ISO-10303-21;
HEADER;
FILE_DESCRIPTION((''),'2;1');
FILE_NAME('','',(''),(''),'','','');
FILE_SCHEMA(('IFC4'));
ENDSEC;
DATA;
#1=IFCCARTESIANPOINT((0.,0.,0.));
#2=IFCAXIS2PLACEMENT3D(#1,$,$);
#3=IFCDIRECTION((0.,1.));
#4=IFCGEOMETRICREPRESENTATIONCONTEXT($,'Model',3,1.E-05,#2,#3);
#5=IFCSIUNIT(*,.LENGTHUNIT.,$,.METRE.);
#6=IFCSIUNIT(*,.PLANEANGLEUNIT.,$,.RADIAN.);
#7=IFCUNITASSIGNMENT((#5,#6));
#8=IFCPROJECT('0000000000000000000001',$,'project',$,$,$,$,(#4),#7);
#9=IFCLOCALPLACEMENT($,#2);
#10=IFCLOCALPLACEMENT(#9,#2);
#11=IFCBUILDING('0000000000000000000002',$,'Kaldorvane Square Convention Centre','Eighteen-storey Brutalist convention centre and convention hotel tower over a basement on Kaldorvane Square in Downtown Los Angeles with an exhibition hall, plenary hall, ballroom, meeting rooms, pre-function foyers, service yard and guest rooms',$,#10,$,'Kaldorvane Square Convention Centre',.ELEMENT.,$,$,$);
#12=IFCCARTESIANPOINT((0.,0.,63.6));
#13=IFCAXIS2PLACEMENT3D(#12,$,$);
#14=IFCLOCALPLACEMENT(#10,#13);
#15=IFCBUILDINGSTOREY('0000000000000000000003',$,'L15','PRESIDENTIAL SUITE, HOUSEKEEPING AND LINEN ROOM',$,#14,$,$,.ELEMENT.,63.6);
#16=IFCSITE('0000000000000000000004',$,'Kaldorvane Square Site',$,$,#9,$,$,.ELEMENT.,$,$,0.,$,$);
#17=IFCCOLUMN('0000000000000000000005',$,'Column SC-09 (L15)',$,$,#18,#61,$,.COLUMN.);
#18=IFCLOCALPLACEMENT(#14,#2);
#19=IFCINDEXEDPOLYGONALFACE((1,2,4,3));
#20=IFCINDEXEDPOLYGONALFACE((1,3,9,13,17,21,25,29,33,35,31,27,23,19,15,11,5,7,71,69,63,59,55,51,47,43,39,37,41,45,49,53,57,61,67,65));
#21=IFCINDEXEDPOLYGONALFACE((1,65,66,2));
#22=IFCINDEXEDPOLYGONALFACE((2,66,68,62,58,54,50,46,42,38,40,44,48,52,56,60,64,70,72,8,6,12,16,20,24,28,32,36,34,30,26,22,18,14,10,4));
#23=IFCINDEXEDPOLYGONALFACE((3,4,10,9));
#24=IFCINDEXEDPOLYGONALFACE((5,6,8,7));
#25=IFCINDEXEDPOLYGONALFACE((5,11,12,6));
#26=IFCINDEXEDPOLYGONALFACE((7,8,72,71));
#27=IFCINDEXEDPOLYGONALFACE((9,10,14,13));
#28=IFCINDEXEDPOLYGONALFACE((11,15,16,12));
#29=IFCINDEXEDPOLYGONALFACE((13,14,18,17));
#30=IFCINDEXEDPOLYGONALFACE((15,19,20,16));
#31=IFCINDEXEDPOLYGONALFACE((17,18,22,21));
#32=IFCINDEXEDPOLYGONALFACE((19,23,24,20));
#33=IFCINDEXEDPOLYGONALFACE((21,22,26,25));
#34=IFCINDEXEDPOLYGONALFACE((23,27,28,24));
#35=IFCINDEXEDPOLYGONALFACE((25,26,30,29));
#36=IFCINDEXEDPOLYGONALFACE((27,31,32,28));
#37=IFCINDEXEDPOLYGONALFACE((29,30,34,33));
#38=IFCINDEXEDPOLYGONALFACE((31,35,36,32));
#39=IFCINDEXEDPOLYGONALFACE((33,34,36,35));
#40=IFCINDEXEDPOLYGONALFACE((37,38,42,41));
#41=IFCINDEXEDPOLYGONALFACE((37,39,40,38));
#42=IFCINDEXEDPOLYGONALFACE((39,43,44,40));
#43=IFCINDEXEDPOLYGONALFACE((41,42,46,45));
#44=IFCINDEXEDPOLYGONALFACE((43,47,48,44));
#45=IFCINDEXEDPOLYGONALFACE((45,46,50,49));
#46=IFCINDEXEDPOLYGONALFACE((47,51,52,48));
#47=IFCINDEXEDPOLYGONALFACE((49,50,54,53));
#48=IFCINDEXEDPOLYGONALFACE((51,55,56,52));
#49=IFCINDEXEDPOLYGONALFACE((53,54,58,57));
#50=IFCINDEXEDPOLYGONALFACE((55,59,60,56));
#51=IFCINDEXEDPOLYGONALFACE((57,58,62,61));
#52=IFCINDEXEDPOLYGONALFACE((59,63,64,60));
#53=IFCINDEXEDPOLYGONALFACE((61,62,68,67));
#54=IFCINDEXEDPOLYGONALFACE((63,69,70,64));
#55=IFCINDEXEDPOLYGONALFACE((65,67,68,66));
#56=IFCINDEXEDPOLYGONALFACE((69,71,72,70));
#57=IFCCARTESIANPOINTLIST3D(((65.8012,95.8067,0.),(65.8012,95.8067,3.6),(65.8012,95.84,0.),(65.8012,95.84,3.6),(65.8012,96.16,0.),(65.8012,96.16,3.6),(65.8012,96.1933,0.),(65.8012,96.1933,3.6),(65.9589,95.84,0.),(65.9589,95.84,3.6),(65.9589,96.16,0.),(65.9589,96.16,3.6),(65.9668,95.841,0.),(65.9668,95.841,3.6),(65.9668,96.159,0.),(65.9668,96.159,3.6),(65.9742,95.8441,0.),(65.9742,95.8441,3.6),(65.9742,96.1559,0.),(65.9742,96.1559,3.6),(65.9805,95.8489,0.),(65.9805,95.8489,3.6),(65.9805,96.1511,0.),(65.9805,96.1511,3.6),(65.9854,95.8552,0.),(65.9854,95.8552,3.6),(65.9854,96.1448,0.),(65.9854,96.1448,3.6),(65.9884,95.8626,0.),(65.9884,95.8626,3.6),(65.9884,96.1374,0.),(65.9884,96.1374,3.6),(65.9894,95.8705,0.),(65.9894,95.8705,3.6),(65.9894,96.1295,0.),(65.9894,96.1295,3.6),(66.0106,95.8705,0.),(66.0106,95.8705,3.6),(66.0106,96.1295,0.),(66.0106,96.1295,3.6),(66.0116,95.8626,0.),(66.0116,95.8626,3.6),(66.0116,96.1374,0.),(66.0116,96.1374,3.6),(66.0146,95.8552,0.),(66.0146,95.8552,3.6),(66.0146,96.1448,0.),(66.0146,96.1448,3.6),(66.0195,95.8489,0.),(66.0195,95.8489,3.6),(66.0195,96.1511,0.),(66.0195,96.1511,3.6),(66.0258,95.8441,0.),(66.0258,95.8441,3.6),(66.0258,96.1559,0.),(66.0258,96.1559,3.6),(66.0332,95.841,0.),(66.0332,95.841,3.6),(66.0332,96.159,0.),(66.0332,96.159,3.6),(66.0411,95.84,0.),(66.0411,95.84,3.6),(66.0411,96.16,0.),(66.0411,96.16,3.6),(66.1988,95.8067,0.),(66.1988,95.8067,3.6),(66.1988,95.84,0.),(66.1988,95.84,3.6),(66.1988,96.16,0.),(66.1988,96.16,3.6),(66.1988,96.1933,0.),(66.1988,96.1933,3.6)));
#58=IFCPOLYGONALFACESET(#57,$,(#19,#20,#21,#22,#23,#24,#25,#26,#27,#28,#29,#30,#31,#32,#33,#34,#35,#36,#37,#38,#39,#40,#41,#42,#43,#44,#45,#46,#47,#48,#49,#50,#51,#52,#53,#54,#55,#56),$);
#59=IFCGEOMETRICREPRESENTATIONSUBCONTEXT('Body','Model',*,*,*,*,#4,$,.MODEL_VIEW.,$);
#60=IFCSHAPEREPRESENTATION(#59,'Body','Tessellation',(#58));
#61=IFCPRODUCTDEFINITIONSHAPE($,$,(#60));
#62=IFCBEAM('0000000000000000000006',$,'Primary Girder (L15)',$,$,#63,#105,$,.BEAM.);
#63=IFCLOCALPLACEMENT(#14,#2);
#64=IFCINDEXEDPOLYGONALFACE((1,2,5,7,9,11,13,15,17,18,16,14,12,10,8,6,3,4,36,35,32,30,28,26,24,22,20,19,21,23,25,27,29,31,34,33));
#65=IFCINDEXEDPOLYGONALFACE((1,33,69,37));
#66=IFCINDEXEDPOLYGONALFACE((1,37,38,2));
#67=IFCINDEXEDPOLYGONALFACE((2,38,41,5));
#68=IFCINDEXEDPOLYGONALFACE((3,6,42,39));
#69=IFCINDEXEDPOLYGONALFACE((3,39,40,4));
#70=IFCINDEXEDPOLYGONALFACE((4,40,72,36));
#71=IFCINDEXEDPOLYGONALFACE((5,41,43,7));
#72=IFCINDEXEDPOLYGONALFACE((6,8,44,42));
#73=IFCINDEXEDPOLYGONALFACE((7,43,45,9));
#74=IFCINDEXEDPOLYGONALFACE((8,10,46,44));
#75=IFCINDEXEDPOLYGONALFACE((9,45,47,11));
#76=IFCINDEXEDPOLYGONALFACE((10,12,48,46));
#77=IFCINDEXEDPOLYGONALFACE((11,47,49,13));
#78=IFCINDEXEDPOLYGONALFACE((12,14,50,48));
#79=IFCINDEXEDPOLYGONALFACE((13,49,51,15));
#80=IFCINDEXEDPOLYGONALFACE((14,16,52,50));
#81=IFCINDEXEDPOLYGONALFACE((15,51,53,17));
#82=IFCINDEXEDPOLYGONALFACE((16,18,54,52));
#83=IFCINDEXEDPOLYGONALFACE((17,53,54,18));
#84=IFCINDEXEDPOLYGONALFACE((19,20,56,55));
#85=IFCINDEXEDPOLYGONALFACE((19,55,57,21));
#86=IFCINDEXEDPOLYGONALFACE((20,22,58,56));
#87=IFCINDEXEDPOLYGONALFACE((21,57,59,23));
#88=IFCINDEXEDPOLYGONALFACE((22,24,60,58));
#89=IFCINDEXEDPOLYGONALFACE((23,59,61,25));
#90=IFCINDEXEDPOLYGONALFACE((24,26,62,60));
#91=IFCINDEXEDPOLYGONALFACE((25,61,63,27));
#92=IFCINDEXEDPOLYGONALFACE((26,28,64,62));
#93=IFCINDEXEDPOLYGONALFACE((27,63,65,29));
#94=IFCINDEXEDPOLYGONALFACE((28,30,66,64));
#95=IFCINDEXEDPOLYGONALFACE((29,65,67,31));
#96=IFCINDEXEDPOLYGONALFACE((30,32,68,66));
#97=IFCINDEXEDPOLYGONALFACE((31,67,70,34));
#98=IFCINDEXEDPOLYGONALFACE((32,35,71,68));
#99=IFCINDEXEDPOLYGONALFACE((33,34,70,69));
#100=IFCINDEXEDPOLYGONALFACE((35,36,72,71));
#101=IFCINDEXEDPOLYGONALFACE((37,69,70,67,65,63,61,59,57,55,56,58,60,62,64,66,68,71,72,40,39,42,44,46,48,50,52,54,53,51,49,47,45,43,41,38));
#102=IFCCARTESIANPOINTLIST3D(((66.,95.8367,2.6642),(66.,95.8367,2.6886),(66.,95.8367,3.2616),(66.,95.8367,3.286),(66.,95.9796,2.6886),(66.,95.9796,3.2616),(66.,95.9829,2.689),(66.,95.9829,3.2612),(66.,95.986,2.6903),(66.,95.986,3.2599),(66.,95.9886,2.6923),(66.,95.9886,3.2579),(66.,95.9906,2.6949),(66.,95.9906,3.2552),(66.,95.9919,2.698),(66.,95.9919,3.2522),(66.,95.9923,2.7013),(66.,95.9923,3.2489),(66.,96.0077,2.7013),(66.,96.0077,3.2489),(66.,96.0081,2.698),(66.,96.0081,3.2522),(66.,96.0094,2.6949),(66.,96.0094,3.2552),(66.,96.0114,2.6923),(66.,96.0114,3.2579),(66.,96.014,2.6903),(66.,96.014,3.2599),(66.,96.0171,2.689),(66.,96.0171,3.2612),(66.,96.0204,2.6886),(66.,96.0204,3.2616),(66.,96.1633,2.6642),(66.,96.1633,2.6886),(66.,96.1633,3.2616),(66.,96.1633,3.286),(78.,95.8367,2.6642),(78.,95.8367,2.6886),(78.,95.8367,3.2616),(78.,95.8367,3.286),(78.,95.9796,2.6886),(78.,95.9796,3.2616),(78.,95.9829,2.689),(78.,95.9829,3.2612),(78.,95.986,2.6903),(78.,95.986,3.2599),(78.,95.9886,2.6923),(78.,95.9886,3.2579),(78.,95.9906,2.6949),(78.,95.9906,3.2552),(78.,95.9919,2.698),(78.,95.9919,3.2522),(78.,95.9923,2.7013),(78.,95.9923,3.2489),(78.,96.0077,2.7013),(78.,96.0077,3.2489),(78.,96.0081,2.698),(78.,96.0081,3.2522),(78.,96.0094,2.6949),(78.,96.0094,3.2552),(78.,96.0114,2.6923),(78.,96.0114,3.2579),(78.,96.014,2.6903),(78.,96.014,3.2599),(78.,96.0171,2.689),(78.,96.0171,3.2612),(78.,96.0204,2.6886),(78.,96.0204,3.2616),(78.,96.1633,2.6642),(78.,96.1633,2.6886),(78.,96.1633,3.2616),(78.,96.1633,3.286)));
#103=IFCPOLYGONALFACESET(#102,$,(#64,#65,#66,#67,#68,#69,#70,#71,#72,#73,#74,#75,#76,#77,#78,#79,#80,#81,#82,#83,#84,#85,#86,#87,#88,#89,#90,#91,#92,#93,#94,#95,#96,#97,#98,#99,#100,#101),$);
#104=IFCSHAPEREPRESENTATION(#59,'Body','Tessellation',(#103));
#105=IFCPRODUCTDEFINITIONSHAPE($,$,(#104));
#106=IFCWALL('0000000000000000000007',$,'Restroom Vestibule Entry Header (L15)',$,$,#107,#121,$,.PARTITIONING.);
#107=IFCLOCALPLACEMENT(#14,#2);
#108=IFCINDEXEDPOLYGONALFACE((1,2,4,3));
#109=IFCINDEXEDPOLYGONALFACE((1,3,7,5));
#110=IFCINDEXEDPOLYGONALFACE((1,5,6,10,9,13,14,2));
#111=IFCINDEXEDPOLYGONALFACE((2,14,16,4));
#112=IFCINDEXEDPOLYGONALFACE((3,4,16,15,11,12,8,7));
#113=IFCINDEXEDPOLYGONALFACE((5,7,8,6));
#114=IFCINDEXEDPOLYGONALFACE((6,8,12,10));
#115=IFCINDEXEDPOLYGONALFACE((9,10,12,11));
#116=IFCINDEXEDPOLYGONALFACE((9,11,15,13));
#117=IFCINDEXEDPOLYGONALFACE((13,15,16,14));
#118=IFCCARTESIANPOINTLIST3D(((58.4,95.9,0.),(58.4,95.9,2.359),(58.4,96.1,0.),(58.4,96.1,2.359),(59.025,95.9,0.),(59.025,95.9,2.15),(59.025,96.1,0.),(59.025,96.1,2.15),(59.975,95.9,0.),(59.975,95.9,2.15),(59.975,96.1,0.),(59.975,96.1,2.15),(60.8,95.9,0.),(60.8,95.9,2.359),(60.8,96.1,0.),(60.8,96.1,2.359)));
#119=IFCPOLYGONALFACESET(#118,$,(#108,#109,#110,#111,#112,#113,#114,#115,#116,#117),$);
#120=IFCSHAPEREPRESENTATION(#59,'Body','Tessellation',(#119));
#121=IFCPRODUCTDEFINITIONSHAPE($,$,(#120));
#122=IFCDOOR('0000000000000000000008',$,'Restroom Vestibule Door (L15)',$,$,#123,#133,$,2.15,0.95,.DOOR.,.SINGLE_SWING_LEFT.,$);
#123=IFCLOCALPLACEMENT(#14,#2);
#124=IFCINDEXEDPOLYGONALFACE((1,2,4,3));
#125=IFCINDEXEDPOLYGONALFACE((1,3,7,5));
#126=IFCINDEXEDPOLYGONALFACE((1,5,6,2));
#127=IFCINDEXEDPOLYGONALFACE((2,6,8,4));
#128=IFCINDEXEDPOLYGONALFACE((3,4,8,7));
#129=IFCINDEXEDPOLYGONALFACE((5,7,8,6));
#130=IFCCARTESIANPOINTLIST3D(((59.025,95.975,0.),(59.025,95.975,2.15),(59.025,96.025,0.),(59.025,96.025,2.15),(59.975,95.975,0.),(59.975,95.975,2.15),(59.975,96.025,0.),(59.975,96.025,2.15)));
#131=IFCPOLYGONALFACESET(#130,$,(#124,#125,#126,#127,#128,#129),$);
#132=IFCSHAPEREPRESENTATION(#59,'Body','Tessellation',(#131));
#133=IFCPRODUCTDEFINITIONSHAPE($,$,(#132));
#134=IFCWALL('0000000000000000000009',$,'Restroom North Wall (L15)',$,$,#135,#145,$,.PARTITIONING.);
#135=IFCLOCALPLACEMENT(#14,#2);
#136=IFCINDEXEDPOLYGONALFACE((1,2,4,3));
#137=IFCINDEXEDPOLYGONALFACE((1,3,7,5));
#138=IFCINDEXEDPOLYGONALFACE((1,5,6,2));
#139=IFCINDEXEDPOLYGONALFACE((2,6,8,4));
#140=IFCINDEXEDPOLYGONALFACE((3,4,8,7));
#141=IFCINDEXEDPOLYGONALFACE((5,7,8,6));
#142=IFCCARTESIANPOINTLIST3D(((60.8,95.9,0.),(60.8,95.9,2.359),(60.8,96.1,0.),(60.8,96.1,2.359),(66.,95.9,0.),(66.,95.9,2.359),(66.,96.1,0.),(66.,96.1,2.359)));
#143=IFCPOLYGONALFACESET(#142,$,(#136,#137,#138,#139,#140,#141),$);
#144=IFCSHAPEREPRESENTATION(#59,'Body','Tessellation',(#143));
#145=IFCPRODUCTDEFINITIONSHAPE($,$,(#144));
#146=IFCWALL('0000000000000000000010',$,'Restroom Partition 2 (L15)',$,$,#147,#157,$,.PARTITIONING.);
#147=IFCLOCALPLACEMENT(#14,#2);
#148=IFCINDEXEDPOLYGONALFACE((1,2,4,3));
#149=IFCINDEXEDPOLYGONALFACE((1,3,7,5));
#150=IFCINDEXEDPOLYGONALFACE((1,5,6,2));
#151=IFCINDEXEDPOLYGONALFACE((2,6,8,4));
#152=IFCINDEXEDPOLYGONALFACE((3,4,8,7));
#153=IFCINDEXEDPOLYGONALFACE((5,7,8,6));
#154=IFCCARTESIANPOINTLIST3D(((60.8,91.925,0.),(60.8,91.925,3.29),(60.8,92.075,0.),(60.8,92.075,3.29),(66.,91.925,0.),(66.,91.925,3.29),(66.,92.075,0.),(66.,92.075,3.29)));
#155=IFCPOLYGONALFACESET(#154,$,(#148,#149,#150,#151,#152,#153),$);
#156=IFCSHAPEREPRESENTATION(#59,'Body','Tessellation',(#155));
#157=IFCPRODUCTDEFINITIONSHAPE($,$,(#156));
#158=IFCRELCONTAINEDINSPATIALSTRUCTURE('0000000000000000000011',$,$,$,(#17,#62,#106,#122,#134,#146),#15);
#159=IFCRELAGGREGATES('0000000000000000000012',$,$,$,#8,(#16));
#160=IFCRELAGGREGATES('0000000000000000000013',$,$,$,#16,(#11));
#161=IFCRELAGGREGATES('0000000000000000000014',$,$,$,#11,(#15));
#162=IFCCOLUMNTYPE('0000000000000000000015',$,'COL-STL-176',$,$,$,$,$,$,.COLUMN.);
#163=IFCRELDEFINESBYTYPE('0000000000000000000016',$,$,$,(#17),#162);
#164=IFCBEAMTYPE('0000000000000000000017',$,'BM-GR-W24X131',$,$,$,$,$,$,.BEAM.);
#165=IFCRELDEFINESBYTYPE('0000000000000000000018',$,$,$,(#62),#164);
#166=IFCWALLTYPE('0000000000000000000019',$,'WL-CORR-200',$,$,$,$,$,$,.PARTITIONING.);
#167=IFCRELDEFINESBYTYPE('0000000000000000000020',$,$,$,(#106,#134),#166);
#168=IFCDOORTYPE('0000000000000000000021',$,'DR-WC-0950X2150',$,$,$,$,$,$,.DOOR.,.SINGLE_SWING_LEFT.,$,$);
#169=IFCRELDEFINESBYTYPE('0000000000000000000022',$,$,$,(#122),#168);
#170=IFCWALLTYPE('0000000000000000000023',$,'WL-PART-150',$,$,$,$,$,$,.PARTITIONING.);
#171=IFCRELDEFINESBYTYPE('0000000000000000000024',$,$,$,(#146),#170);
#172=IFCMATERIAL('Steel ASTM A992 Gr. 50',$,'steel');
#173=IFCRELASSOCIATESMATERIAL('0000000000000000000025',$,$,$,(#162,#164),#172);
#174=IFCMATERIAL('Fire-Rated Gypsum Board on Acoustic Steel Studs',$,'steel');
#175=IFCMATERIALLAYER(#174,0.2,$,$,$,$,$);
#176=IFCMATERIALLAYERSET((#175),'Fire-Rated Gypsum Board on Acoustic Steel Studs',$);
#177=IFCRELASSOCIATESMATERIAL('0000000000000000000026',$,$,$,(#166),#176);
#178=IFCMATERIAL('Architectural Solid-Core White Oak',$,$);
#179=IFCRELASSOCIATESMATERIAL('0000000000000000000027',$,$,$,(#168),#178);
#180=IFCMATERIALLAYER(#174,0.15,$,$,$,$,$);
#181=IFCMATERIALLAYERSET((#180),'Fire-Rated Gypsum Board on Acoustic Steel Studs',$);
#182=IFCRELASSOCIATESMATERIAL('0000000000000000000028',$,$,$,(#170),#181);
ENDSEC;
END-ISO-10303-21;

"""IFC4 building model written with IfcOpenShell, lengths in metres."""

from ifc_helpers import new_model, si_unit, direction, frame, frame_2d, origin, origin_2d, place, context, subcontext, project, spatial, rectangle, i_section, extrude, material, layer, layer_set, material_profile, profile_set, type_object, element, fill, save


model = new_model("IFC4")

# Units and contexts
model_context = context("Model", 3, precision=1e-05, world=origin(), true_north=direction((0.0, 1.0)))
body_context = subcontext(model_context, "Body", "Model", "MODEL_VIEW")
ifc_project = project(units=[si_unit("LENGTHUNIT", "METRE"), si_unit("PLANEANGLEUNIT", "RADIAN")], contexts=[model_context])

# Site, building, storey
site_placement = place(None, origin())
site = spatial("IfcSite", under=ifc_project, at=site_placement, Name="Kaldorvane Square Site", CompositionType="ELEMENT", RefElevation=0.0)
building_placement = place(site_placement, origin())
building = spatial("IfcBuilding", under=site, at=building_placement, Name="Kaldorvane Square Convention Centre", Description="Eighteen-storey Brutalist convention centre and convention hotel tower over a basement on Kaldorvane Square in Downtown Los Angeles with an exhibition hall, plenary hall, ballroom, meeting rooms, pre-function foyers, service yard and guest rooms", LongName="Kaldorvane Square Convention Centre", CompositionType="ELEMENT")
storey_placement = place(building_placement, frame((0.0, 0.0, 63.6)))
storey = spatial("IfcBuildingStorey", under=building, at=storey_placement, Name="L15", Description="PRESIDENTIAL SUITE, HOUSEKEEPING AND LINEN ROOM", CompositionType="ELEMENT", Elevation=63.6)

# Column
ifc_material_1 = material(Name="Steel ASTM A992 Gr. 50", Category="steel")
ifc_material_profile_1 = material_profile(ifc_material_1, i_section(OverallWidth=0.3975, OverallDepth=0.3866, WebThickness=0.0211, FlangeThickness=0.0333, FilletRadius=0.0305, at=origin_2d()), Name="W14X176")
ifc_profile_set_1 = profile_set([ifc_material_profile_1], Name="Steel ASTM A992 Gr. 50")
column_type = type_object("IfcColumnType", Name="COL-STL-176", PredefinedType="COLUMN", material=ifc_profile_set_1)
column_placement = place(storey_placement, frame((66.0, 96.0, 0.0), z_axis=(0.0, 0.0, 1.0), x_axis=(1.0, 0.0, 0.0)))
element("IfcColumn", 1, at=column_placement, inside=storey, type_object=column_type, Name="Column SC-09 (L15)", PredefinedType="COLUMN", context=body_context, shape_type="SweptSolid", body=[
    extrude(i_section(OverallWidth=0.3975, OverallDepth=0.3866, WebThickness=0.0211, FlangeThickness=0.0333, FilletRadius=0.0305, at=origin_2d()), origin(), (0.0, 0.0, 1.0), 3.6),
])

# Beam
ifc_material_profile_2 = material_profile(ifc_material_1, i_section(OverallWidth=0.3265, OverallDepth=0.6218, WebThickness=0.0154, FlangeThickness=0.0244, FilletRadius=0.0127, at=origin_2d()), Name="W24X131")
ifc_profile_set_2 = profile_set([ifc_material_profile_2], Name="Steel ASTM A992 Gr. 50")
beam_type = type_object("IfcBeamType", Name="BM-GR-W24X131", PredefinedType="BEAM", material=ifc_profile_set_2)
beam_placement = place(storey_placement, frame((66.0, 96.0, 2.9751), z_axis=(1.0, 0.0, 0.0), x_axis=(0.0, 1.0, 0.0)))
element("IfcBeam", 2, at=beam_placement, inside=storey, type_object=beam_type, Name="Primary Girder (L15)", PredefinedType="BEAM", context=body_context, shape_type="SweptSolid", body=[
    extrude(i_section(OverallWidth=0.3265, OverallDepth=0.6218, WebThickness=0.0154, FlangeThickness=0.0244, FilletRadius=0.0127, at=origin_2d()), origin(), (0.0, 0.0, 1.0), 12.0),
])

# Wall, opening, door
ifc_material_2 = material(Name="Fire-Rated Gypsum Board on Acoustic Steel Studs", Category="steel")
ifc_layer_1 = layer(ifc_material_2, 0.2)
ifc_layer_set_1 = layer_set([ifc_layer_1], Name="Fire-Rated Gypsum Board on Acoustic Steel Studs")
wall_type_1 = type_object("IfcWallType", Name="WL-CORR-200", PredefinedType="PARTITIONING", material=ifc_layer_set_1)
wall_1_placement = place(storey_placement, frame((58.4, 96.0, 0.0), z_axis=(0.0, 0.0, 1.0), x_axis=(1.0, 0.0, 0.0)))
wall_1 = element("IfcWall", 3, at=wall_1_placement, inside=storey, type_object=wall_type_1, Name="Restroom Vestibule Entry Header (L15)", PredefinedType="PARTITIONING", context=body_context, shape_type="SweptSolid", body=[
    extrude(rectangle(XDim=2.4, YDim=0.2, at=frame_2d((1.2, 0.0))), origin(), (0.0, 0.0, 1.0), 2.359),
])
opening_1_placement = place(wall_1_placement, frame((0.625, 0.0, 0.0)))
opening_1 = element("IfcOpeningElement", 4, at=opening_1_placement, cuts=wall_1, PredefinedType="OPENING", context=body_context, shape_type="SweptSolid", body=[
    extrude(rectangle(XDim=0.95, YDim=2.15, at=frame_2d((0.475, 1.075))), frame((0.0, 0.115, 0.0), z_axis=(0.0, -1.0, 0.0), x_axis=(1.0, 0.0, 0.0)), (0.0, 0.0, 1.0), 0.23),
])
ifc_material_3 = material(Name="Architectural Solid-Core White Oak")
door_type_1 = type_object("IfcDoorType", Name="DR-WC-0950X2150", OperationType="SINGLE_SWING_LEFT", PredefinedType="DOOR", material=ifc_material_3)
door_1_placement = place(opening_1_placement, origin())
door_1 = element("IfcDoor", 5, at=door_1_placement, inside=storey, type_object=door_type_1, Name="Restroom Vestibule Door (L15)", OperationType="SINGLE_SWING_LEFT", OverallHeight=2.15, OverallWidth=0.95, PredefinedType="DOOR", context=body_context, shape_type="SweptSolid", body=[
    extrude(rectangle(XDim=0.95, YDim=2.15, at=frame_2d((0.475, 1.075))), frame((0.0, 0.025, 0.0), z_axis=(0.0, -1.0, 0.0), x_axis=(1.0, 0.0, 0.0)), (0.0, 0.0, 1.0), 0.05),
])
fill(opening_1, door_1)

# Walls
wall_2_placement = place(storey_placement, frame((60.8, 96.0, 0.0), z_axis=(0.0, 0.0, 1.0), x_axis=(1.0, 0.0, 0.0)))
element("IfcWall", 6, at=wall_2_placement, inside=storey, type_object=wall_type_1, Name="Restroom North Wall (L15)", PredefinedType="PARTITIONING", context=body_context, shape_type="SweptSolid", body=[
    extrude(rectangle(XDim=5.2, YDim=0.2, at=frame_2d((2.6, 0.0))), origin(), (0.0, 0.0, 1.0), 2.359),
])
ifc_layer_2 = layer(ifc_material_2, 0.15)
ifc_layer_set_2 = layer_set([ifc_layer_2], Name="Fire-Rated Gypsum Board on Acoustic Steel Studs")
wall_type_2 = type_object("IfcWallType", Name="WL-PART-150", PredefinedType="PARTITIONING", material=ifc_layer_set_2)
wall_3_placement = place(storey_placement, frame((60.8, 92.0, 0.0), z_axis=(0.0, 0.0, 1.0), x_axis=(1.0, 0.0, 0.0)))
element("IfcWall", 7, at=wall_3_placement, inside=storey, type_object=wall_type_2, Name="Restroom Partition 2 (L15)", PredefinedType="PARTITIONING", context=body_context, shape_type="SweptSolid", body=[
    extrude(rectangle(XDim=5.2, YDim=0.15, at=frame_2d((2.6, 0.0))), origin(), (0.0, 0.0, 1.0), 3.29),
])

save(model, "model.ifc")
